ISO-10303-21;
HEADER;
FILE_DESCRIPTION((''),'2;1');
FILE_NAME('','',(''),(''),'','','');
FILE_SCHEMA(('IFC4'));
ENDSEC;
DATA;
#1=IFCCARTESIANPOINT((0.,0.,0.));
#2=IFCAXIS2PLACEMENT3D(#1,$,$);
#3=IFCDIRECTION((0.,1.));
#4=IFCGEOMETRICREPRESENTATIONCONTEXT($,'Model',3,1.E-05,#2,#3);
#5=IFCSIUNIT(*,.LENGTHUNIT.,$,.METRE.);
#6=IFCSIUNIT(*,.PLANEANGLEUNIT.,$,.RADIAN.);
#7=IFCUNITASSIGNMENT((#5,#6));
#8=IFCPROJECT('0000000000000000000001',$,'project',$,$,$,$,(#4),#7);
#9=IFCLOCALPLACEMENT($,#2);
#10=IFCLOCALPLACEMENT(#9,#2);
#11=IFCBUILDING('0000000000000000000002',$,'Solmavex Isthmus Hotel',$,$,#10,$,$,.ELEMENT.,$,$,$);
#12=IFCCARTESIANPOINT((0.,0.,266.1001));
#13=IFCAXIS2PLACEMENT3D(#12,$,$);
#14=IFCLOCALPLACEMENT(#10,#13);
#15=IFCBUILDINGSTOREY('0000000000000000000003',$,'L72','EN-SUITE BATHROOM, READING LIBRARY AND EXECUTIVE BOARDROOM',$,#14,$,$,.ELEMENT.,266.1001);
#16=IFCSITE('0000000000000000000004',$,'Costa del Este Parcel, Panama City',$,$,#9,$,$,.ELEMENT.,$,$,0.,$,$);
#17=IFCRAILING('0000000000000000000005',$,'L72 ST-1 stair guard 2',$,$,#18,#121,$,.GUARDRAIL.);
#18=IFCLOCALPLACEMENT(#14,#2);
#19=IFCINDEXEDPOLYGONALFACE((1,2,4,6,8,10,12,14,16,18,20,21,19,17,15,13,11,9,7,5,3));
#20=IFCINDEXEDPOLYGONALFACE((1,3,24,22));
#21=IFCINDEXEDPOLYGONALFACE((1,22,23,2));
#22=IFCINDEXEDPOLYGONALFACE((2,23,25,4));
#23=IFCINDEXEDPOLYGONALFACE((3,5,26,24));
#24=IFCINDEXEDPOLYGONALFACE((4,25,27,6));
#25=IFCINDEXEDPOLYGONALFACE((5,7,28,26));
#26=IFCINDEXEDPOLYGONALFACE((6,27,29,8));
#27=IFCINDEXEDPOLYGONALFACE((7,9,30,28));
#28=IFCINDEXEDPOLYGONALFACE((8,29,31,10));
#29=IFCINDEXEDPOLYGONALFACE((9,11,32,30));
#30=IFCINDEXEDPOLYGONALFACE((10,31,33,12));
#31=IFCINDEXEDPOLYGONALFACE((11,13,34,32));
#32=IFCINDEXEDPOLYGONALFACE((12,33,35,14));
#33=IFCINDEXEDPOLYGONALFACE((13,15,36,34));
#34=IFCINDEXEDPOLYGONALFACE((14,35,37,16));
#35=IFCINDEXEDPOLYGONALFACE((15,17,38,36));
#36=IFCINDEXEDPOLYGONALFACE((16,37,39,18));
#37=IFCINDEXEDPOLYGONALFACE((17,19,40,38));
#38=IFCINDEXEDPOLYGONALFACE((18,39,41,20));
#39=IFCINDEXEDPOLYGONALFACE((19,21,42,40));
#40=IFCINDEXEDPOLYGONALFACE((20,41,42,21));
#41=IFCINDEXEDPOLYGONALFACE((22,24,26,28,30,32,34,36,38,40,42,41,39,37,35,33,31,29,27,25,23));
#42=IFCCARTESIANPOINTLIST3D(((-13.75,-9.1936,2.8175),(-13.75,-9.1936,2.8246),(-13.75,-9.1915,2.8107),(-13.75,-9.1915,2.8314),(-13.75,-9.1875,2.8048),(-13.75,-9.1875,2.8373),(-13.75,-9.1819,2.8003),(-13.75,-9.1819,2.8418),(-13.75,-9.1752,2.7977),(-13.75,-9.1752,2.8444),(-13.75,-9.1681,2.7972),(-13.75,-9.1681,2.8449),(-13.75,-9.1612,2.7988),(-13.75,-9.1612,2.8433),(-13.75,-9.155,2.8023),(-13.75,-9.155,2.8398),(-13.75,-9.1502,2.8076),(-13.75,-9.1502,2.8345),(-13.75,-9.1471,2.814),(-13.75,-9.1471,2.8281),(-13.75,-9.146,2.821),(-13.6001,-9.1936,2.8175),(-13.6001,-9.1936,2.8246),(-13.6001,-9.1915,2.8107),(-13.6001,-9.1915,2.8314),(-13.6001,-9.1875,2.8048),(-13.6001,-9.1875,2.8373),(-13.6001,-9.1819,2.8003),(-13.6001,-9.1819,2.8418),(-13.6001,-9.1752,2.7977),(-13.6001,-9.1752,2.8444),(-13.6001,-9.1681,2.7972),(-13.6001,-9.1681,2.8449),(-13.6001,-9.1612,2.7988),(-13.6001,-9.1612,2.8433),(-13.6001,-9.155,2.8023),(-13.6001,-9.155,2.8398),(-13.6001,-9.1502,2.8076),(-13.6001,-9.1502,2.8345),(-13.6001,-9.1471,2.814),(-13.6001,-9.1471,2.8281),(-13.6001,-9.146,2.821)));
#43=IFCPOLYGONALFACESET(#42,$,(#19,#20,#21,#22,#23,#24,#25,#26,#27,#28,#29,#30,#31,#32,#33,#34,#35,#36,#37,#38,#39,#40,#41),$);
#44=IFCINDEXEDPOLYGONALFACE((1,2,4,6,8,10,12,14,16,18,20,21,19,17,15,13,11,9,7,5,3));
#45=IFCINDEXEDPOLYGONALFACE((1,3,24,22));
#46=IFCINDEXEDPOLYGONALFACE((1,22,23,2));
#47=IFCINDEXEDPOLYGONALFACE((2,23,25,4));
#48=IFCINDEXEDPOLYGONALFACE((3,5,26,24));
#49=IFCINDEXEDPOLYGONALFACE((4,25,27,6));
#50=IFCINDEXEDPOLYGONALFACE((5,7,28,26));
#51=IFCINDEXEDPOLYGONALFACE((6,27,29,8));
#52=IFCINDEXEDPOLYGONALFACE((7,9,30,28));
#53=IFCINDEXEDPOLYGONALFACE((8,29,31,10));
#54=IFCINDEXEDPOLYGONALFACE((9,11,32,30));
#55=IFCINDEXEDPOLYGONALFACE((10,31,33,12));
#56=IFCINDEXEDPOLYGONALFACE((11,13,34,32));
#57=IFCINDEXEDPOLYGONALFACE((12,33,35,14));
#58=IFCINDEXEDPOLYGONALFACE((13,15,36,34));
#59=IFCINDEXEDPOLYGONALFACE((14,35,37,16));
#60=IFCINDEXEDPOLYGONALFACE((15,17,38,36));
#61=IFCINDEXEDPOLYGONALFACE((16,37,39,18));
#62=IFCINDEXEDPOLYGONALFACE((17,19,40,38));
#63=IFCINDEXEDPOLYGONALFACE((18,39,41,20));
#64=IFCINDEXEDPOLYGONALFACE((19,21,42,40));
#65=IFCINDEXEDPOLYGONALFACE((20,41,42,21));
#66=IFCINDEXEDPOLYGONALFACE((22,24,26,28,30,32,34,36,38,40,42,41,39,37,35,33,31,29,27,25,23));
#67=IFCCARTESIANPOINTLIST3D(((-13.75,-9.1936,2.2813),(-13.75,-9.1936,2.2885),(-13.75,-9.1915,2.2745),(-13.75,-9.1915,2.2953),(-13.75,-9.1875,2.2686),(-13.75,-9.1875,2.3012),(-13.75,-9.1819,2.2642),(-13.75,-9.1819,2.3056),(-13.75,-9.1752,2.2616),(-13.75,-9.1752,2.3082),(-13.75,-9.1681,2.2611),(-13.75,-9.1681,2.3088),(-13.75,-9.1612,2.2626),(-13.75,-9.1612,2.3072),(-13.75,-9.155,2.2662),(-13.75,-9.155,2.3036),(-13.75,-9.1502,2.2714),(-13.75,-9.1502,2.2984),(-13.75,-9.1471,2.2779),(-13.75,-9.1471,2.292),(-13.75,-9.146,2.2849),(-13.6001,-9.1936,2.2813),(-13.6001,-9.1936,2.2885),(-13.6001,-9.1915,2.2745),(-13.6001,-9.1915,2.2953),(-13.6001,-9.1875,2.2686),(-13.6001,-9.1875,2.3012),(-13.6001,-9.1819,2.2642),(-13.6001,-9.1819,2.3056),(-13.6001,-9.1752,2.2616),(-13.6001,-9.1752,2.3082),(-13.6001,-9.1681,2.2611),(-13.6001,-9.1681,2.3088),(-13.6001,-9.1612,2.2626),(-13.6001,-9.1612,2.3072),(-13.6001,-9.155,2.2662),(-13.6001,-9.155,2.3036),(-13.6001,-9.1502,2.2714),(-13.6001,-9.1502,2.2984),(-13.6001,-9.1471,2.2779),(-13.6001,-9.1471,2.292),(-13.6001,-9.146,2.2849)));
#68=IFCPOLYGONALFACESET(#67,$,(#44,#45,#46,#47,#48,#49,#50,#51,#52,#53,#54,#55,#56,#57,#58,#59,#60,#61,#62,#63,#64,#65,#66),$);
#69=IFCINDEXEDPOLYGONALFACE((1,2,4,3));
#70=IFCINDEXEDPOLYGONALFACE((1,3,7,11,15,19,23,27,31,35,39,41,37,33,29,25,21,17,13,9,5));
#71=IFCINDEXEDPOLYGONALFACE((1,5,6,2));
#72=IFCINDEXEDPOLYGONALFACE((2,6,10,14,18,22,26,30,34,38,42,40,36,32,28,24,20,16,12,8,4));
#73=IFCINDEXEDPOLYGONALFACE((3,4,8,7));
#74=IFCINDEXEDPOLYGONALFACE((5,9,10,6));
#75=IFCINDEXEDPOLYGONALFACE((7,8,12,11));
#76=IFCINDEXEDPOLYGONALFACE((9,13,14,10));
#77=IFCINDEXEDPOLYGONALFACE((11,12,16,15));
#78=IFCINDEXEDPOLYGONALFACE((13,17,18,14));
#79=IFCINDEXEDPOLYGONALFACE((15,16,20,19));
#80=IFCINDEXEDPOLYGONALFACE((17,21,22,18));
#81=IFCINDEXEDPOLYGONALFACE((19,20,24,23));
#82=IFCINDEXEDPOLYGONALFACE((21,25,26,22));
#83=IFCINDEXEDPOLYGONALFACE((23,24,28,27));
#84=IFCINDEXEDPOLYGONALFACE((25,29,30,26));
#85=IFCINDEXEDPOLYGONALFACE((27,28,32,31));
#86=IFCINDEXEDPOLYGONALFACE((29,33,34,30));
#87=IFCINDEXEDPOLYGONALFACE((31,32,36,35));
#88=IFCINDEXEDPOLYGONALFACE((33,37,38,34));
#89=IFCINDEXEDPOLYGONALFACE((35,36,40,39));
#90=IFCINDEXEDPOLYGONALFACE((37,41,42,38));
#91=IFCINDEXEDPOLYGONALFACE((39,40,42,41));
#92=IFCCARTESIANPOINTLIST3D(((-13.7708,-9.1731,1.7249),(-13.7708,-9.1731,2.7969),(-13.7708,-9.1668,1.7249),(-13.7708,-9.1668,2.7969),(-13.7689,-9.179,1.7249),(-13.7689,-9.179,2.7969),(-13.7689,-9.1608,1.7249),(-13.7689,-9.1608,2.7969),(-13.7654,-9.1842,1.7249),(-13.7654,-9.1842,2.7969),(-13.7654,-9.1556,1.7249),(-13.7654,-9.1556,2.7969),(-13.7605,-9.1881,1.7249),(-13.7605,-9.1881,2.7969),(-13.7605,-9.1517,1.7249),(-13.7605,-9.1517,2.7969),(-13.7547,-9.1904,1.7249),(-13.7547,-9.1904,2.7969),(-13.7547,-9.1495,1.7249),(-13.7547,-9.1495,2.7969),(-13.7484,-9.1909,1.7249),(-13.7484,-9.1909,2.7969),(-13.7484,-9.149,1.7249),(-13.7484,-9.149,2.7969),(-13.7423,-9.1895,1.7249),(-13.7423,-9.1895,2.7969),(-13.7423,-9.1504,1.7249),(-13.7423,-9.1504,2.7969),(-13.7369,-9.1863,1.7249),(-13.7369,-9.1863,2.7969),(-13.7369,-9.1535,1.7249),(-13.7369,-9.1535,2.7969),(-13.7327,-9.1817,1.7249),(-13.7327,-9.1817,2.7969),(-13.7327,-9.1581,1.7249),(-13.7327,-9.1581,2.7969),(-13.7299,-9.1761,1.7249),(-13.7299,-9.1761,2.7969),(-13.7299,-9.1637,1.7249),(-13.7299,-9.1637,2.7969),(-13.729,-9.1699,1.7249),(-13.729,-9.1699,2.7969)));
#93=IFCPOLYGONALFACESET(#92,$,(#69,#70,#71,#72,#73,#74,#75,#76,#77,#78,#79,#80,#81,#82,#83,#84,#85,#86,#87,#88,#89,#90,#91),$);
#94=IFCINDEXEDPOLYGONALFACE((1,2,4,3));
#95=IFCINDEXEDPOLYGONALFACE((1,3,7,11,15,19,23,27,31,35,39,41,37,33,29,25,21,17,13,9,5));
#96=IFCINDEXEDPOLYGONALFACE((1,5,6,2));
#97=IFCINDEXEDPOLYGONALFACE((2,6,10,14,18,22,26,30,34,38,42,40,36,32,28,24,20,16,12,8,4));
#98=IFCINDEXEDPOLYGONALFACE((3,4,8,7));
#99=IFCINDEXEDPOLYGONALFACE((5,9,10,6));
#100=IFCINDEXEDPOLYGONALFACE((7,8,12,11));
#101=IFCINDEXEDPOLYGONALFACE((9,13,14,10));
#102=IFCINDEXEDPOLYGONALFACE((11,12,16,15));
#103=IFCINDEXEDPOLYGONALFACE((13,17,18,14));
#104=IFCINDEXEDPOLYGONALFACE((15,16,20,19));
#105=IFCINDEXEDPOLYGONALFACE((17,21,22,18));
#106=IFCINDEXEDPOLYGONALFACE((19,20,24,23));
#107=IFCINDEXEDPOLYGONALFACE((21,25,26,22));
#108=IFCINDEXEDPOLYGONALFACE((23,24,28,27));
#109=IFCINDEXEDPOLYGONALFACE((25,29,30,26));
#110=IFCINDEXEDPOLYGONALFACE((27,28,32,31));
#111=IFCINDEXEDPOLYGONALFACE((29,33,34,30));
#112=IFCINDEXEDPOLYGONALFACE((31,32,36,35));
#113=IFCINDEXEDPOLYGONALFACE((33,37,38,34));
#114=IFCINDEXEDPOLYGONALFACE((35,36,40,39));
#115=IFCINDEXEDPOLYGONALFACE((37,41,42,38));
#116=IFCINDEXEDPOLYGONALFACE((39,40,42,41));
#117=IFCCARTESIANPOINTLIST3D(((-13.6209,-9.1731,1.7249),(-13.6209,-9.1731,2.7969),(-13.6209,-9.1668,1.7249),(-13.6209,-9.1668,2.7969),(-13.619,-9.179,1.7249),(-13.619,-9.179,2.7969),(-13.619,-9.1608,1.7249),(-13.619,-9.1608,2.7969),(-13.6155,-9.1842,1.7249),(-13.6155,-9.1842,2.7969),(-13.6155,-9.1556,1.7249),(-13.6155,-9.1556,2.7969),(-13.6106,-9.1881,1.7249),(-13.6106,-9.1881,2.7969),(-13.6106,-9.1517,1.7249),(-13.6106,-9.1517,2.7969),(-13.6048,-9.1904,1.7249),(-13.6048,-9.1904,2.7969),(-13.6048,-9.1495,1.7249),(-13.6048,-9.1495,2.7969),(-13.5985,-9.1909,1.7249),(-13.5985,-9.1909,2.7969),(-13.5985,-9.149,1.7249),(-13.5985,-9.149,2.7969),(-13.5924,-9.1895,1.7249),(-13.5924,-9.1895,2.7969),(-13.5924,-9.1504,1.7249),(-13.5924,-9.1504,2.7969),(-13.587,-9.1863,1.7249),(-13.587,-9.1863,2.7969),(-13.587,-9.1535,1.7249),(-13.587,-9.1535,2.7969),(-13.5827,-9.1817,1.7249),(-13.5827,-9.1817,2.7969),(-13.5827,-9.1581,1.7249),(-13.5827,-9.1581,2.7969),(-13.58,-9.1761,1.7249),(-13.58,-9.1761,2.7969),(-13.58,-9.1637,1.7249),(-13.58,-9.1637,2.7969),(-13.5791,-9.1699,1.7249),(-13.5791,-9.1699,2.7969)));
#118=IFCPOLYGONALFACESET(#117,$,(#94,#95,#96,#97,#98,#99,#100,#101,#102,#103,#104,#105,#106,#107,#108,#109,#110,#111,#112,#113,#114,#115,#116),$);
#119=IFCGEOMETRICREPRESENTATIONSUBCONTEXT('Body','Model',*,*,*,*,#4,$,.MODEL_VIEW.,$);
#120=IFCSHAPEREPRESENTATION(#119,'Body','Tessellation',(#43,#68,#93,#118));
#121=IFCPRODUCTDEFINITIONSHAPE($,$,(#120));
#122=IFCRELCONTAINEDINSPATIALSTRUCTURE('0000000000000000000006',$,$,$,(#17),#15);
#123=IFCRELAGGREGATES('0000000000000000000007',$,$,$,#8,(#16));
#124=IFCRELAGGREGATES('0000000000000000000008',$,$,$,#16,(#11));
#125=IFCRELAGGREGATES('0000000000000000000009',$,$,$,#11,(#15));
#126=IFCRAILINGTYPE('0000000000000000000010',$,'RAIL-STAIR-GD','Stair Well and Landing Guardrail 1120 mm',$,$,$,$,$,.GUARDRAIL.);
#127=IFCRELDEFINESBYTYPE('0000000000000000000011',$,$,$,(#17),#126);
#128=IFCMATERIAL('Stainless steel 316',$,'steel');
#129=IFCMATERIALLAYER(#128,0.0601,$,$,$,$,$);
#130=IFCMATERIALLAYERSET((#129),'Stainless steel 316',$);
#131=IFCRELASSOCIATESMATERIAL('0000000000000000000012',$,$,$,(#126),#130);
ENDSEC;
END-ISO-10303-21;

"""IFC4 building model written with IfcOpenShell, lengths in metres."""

from ifc_helpers import new_model, si_unit, direction, frame, origin, origin_2d, place, context, subcontext, project, spatial, circle, extrude, material, layer, layer_set, type_object, element, save


model = new_model("IFC4")

# Units and contexts
model_context = context("Model", 3, precision=1e-05, world=origin(), true_north=direction((0.0, 1.0)))
body_context = subcontext(model_context, "Body", "Model", "MODEL_VIEW")
ifc_project = project(units=[si_unit("LENGTHUNIT", "METRE"), si_unit("PLANEANGLEUNIT", "RADIAN")], contexts=[model_context])

# Site, building, storey
site_placement = place(None, origin())
site = spatial("IfcSite", under=ifc_project, at=site_placement, Name="Costa del Este Parcel, Panama City", CompositionType="ELEMENT", RefElevation=0.0)
building_placement = place(site_placement, origin())
building = spatial("IfcBuilding", under=site, at=building_placement, Name="Solmavex Isthmus Hotel", CompositionType="ELEMENT")
storey_placement = place(building_placement, frame((0.0, 0.0, 266.1001)))
storey = spatial("IfcBuildingStorey", under=building, at=storey_placement, Name="L72", Description="EN-SUITE BATHROOM, READING LIBRARY AND EXECUTIVE BOARDROOM", CompositionType="ELEMENT", Elevation=266.1001)

# Shared definitions
ifc_material_1 = material(Name="Stainless steel 316", Category="steel")

# Railing
ifc_layer_1 = layer(ifc_material_1, 0.0601)
ifc_layer_set_1 = layer_set([ifc_layer_1], Name="Stainless steel 316")
railing_type_1 = type_object("IfcRailingType", Name="RAIL-STAIR-GD", Description="Stair Well and Landing Guardrail 1120 mm", PredefinedType="GUARDRAIL", material=ifc_layer_set_1)
railing_1_placement = place(storey_placement, frame((-13.75, -9.1699, 1.7249)))
element("IfcRailing", 1, at=railing_1_placement, inside=storey, type_object=railing_type_1, Name="L72 ST-1 stair guard 2", PredefinedType="GUARDRAIL", context=body_context, shape_type="SweptSolid", body=[
    extrude(circle(Radius=0.0239, at=origin_2d()), frame((0.0, 0.0, 1.0962), z_axis=(1.0, 0.0, 0.0), x_axis=(0.0, 1.0, 0.0)), (0.0, 0.0, 1.0), 0.1499),
    extrude(circle(Radius=0.0239, at=origin_2d()), frame((0.0, 0.0, 0.5601), z_axis=(1.0, 0.0, 0.0), x_axis=(0.0, 1.0, 0.0)), (0.0, 0.0, 1.0), 0.1499),
    extrude(circle(Radius=0.021, at=origin_2d()), origin(), (0.0, 0.0, 1.0), 1.072),
    extrude(circle(Radius=0.021, at=origin_2d()), frame((0.1499, 0.0, 0.0)), (0.0, 0.0, 1.0), 1.072),
])

save(model, "model.ifc")
